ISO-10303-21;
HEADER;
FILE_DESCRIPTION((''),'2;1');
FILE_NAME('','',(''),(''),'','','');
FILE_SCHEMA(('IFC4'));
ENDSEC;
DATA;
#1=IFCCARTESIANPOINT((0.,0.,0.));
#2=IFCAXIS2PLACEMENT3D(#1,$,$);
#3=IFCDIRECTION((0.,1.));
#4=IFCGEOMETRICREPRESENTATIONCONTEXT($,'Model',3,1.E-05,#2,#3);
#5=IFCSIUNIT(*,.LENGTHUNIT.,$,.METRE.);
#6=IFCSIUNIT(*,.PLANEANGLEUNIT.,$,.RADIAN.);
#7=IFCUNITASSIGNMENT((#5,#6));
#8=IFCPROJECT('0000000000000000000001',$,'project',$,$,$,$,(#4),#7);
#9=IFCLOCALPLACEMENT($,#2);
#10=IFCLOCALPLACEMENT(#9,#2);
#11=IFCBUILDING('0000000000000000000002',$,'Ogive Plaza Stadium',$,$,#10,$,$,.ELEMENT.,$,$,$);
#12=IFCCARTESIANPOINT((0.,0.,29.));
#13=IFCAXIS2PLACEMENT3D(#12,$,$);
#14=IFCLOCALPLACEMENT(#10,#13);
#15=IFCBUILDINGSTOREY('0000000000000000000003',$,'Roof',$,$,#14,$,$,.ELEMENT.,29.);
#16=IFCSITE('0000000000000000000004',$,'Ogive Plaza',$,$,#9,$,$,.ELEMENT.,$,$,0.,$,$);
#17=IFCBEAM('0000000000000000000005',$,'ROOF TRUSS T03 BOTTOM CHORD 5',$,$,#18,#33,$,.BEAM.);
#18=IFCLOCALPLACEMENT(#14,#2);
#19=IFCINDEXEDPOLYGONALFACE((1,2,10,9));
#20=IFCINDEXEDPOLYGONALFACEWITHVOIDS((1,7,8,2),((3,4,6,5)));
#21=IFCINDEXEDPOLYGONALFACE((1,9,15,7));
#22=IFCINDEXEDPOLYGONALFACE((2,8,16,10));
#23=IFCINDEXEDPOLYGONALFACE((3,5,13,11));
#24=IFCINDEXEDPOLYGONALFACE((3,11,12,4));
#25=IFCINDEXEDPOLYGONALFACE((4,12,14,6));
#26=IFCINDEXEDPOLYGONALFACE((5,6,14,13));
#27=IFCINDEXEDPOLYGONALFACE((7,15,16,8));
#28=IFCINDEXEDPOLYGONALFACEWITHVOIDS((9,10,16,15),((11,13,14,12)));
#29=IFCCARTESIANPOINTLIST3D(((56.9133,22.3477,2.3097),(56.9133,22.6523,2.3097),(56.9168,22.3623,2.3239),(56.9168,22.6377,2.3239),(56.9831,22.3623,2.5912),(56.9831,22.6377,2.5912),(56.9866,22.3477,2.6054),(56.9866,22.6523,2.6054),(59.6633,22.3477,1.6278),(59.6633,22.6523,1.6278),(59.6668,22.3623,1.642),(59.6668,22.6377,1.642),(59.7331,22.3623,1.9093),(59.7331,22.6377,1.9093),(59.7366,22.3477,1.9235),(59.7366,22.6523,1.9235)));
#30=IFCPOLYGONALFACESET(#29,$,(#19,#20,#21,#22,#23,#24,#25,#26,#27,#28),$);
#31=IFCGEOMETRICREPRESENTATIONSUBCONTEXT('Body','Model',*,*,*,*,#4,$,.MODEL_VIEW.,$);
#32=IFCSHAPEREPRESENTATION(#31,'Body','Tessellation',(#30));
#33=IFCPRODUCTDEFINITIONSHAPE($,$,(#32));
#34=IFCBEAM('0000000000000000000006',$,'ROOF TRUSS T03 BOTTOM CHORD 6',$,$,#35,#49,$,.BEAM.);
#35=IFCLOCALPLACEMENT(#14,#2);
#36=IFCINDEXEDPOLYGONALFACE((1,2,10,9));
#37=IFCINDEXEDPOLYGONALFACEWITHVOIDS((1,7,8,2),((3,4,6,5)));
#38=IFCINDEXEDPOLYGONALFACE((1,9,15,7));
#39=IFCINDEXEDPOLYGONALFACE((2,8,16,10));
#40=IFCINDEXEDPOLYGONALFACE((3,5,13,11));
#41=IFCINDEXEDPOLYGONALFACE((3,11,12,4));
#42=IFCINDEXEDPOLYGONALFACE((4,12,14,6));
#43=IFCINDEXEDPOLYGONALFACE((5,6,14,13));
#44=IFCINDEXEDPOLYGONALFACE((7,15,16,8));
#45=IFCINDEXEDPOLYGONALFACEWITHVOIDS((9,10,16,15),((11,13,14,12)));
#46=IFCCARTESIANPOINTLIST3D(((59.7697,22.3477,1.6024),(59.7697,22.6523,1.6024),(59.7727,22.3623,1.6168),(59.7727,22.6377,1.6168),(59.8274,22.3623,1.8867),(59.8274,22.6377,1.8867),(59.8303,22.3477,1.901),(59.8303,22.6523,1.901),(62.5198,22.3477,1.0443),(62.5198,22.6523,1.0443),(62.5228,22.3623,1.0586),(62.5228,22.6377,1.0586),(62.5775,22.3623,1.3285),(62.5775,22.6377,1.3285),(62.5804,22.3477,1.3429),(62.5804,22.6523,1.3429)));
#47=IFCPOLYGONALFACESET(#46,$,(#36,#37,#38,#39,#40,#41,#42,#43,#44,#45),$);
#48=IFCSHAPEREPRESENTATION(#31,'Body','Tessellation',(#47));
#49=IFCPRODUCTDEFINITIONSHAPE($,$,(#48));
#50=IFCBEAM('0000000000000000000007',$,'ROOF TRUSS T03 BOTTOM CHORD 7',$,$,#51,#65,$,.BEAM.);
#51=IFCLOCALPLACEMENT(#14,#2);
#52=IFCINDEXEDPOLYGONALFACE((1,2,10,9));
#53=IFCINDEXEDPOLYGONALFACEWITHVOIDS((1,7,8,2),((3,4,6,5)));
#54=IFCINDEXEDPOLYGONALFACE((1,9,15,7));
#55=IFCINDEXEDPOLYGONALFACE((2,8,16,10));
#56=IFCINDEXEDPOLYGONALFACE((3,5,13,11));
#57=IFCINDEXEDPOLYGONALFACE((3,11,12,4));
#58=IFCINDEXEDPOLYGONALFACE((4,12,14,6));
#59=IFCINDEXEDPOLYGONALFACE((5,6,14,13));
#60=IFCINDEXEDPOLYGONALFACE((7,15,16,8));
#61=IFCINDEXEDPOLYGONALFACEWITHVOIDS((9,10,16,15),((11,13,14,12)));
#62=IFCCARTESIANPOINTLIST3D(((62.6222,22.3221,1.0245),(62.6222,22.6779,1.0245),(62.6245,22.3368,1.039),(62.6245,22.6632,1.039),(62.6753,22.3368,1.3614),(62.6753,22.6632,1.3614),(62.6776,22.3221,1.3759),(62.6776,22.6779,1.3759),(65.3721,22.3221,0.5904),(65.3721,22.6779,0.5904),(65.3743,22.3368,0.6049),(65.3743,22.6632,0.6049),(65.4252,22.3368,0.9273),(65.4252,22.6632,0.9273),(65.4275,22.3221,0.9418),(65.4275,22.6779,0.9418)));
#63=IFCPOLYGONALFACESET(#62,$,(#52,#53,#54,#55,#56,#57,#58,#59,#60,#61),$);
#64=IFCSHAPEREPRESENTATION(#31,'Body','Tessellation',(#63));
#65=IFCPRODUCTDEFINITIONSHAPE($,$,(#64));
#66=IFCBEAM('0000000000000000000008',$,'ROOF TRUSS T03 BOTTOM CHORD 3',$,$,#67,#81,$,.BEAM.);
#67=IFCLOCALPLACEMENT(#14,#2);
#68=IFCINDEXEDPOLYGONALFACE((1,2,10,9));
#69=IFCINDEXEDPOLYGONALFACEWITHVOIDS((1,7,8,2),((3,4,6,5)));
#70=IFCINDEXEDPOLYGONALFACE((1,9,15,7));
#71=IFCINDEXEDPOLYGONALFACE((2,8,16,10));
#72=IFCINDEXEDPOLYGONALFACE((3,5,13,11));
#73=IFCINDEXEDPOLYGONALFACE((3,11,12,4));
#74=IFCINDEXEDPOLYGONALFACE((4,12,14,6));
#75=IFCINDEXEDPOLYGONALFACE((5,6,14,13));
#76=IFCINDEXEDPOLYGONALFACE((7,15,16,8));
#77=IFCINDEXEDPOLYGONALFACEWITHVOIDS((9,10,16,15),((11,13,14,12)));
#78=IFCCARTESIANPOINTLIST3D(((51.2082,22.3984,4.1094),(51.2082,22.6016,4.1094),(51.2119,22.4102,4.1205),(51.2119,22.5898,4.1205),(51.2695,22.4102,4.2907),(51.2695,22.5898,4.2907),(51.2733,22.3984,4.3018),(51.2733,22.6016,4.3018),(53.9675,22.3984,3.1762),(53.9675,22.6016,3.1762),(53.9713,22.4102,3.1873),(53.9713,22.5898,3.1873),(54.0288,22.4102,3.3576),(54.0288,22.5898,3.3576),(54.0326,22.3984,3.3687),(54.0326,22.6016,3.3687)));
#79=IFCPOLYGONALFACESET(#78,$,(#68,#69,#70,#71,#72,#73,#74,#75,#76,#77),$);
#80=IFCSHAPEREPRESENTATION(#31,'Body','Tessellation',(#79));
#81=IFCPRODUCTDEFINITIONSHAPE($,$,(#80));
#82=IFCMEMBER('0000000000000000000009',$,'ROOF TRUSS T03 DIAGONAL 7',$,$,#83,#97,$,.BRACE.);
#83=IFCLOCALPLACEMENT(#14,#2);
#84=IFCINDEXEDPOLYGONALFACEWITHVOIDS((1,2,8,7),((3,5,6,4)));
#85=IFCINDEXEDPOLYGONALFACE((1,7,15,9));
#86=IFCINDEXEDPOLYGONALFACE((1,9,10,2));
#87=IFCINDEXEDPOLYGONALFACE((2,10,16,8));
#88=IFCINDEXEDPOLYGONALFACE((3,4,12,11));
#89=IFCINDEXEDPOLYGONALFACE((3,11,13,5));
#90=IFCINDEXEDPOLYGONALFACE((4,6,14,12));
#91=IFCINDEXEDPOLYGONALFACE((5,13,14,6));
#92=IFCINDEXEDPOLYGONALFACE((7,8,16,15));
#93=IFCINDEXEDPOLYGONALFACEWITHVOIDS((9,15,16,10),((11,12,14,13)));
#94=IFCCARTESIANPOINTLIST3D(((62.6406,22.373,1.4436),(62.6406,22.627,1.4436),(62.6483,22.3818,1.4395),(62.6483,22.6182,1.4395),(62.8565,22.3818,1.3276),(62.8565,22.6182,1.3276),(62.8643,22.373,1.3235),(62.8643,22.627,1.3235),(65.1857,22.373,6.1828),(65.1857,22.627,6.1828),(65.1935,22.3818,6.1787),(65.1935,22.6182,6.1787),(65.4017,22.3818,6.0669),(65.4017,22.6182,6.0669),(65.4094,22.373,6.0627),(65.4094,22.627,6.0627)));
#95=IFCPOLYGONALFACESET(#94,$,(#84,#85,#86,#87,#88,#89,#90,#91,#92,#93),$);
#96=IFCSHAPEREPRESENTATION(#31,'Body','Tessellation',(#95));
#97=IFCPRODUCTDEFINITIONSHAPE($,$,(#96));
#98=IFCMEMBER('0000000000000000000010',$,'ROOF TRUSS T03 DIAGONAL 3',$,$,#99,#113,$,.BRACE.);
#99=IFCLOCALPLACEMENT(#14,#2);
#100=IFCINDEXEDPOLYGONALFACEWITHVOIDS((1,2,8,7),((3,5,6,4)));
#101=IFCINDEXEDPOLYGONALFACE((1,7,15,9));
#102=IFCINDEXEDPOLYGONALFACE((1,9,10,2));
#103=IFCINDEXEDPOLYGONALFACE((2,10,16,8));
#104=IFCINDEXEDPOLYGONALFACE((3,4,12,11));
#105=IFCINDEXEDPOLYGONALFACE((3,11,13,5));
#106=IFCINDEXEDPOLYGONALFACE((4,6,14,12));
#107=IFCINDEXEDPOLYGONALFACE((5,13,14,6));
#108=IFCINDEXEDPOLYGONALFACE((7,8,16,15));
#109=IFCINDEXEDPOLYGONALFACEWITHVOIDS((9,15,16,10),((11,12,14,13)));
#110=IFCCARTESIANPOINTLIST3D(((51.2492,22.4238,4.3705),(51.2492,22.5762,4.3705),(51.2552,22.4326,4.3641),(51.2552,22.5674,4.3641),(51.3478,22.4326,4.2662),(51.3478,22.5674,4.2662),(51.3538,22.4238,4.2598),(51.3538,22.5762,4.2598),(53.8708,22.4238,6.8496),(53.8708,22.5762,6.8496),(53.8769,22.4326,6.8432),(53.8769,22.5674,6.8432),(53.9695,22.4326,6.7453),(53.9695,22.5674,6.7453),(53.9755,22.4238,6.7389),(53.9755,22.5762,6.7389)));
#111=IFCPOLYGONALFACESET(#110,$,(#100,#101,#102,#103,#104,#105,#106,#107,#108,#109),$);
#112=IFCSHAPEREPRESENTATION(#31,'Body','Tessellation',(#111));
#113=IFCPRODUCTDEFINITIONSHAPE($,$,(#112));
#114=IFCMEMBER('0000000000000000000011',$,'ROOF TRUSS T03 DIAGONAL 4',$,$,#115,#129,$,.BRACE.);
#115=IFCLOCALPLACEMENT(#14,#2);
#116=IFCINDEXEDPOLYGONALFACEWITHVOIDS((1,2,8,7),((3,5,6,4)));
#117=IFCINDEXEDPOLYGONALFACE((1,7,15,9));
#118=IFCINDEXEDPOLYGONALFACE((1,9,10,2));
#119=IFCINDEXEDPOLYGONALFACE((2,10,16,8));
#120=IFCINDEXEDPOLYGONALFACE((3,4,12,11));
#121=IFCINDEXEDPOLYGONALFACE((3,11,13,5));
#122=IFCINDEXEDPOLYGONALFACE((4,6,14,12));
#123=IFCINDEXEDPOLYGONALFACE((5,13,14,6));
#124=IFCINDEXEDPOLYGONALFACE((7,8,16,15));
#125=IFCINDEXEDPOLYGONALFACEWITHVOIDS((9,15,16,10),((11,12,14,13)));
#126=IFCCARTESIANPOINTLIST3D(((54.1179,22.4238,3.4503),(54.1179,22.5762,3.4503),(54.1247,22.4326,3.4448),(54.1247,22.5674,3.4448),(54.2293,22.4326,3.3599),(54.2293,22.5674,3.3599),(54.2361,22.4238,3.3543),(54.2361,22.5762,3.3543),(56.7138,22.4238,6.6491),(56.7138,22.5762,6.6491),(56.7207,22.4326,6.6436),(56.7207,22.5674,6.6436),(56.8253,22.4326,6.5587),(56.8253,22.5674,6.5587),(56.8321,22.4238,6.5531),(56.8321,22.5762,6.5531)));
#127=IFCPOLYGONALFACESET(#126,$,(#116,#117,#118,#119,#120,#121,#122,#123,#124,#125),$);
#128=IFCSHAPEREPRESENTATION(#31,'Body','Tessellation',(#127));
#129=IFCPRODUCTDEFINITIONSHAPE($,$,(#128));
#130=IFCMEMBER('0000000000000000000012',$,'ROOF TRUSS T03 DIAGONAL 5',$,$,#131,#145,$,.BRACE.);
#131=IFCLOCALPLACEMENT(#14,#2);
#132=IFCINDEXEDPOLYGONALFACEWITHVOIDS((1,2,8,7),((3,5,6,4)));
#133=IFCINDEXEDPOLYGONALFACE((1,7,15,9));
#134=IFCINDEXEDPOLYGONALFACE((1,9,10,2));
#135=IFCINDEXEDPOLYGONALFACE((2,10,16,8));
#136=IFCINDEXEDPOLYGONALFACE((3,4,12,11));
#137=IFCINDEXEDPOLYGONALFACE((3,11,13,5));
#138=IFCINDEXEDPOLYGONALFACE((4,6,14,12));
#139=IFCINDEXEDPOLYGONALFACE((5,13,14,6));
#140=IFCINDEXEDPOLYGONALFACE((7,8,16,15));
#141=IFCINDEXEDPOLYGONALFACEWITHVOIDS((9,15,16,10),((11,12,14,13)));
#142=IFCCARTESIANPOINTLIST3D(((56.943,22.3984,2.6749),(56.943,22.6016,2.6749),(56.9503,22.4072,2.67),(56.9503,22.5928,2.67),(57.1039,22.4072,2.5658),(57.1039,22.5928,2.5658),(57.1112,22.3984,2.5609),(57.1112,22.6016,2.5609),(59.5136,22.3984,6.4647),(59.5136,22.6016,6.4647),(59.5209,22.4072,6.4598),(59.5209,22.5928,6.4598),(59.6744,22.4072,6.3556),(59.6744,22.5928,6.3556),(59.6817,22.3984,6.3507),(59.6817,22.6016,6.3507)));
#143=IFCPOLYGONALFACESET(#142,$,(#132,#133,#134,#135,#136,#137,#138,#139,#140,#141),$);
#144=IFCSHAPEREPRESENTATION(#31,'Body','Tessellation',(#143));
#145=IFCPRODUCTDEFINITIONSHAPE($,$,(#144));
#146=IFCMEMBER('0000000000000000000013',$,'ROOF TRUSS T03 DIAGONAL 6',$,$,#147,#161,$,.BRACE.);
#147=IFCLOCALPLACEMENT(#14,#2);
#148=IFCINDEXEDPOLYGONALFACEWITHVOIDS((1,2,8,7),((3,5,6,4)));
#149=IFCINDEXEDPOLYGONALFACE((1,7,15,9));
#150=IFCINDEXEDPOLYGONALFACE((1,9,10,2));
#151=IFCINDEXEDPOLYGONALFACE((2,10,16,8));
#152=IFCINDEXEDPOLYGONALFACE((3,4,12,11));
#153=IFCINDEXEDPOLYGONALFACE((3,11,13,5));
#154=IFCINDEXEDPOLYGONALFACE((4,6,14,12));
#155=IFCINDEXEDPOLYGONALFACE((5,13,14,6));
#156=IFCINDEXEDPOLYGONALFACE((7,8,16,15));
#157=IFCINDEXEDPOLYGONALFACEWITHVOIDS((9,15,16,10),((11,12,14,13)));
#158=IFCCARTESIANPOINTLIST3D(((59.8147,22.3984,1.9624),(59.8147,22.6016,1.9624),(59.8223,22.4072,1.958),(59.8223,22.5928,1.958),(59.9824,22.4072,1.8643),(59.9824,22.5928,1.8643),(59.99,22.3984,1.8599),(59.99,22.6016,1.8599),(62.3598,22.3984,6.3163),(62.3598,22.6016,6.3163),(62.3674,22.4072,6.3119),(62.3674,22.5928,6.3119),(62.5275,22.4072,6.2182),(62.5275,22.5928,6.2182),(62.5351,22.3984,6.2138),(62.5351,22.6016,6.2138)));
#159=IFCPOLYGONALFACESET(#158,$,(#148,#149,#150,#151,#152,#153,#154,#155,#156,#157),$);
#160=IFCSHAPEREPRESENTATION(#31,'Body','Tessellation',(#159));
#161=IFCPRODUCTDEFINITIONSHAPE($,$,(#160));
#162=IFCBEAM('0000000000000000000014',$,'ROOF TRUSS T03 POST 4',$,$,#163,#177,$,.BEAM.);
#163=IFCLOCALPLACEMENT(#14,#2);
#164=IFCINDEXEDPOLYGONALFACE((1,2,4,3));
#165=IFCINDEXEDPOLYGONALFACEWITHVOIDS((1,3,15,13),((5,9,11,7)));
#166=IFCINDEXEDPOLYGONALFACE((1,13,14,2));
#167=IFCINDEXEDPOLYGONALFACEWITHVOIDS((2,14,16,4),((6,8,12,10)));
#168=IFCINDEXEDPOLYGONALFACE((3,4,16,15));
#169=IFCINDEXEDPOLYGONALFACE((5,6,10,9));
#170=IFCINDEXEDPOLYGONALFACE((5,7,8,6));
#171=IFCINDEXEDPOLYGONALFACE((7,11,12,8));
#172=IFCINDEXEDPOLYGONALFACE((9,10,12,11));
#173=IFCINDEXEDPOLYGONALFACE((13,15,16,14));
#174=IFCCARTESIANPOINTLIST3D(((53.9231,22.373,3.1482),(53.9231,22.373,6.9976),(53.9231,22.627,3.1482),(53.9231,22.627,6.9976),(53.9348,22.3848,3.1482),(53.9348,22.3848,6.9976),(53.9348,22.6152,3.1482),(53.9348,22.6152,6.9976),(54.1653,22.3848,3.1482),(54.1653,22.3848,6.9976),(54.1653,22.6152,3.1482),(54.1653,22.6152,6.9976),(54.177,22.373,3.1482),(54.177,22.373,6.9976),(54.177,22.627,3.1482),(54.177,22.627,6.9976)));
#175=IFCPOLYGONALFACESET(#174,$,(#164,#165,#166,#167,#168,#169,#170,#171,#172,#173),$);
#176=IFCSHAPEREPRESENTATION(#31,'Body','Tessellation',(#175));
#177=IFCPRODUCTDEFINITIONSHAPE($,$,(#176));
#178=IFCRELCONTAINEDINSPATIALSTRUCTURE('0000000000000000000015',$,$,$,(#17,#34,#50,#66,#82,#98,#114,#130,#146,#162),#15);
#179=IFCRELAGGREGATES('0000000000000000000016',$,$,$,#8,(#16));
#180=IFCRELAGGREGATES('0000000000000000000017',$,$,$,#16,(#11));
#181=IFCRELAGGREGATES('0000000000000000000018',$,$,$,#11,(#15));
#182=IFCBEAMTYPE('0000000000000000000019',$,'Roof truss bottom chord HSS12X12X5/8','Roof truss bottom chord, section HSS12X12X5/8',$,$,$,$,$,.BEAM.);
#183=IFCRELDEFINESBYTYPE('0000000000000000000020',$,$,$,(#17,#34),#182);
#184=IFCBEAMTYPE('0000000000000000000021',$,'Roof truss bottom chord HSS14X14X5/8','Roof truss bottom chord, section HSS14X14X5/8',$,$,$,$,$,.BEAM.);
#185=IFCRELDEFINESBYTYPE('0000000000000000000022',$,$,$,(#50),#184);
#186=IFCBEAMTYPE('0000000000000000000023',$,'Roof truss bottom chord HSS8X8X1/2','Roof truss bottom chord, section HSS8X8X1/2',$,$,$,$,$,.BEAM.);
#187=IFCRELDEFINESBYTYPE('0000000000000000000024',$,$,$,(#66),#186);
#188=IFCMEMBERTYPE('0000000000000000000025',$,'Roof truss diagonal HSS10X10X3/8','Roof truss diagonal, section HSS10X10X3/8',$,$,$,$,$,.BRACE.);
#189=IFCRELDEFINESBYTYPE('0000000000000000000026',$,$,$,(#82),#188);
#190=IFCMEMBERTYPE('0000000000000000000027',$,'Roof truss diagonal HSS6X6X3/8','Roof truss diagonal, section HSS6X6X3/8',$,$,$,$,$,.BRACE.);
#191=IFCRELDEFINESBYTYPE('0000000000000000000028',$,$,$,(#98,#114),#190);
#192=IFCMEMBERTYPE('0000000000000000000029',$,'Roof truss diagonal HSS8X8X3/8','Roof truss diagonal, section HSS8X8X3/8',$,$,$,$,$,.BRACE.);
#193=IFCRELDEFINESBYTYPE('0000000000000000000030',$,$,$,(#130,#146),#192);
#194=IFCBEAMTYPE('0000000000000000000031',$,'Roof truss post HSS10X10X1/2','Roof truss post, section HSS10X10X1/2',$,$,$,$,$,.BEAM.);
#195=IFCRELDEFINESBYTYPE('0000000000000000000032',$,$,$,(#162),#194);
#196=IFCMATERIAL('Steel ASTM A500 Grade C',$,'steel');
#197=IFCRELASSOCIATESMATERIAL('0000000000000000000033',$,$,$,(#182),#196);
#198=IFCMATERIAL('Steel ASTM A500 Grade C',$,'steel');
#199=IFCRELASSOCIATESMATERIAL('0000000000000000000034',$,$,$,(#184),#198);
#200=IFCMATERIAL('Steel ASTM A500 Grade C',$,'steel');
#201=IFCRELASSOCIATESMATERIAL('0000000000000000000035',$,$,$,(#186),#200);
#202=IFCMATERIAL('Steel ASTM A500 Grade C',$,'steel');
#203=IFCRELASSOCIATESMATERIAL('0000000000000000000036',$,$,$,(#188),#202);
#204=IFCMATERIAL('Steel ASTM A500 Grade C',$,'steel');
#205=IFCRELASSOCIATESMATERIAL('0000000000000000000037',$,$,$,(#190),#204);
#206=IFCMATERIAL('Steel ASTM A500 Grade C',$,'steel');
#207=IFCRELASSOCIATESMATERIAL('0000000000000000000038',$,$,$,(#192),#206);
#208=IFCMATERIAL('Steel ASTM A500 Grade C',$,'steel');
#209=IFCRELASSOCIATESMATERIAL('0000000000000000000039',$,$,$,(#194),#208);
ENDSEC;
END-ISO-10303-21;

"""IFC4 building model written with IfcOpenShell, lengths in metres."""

from ifc_helpers import new_model, si_unit, direction, frame, origin, origin_2d, place, context, subcontext, project, spatial, hollow_rectangle, extrude, material, material_profile, profile_set, type_object, element, save


model = new_model("IFC4")

# Units and contexts
model_context = context("Model", 3, precision=1e-05, world=origin(), true_north=direction((0.0, 1.0)))
body_context = subcontext(model_context, "Body", "Model", "MODEL_VIEW")
ifc_project = project(units=[si_unit("LENGTHUNIT", "METRE"), si_unit("PLANEANGLEUNIT", "RADIAN")], contexts=[model_context])

# Site, building, storey
site_placement = place(None, origin())
site = spatial("IfcSite", under=ifc_project, at=site_placement, Name="Ogive Plaza", CompositionType="ELEMENT", RefElevation=0.0)
building_placement = place(site_placement, origin())
building = spatial("IfcBuilding", under=site, at=building_placement, Name="Ogive Plaza Stadium", CompositionType="ELEMENT")
storey_placement = place(building_placement, frame((0.0, 0.0, 29.0)))
storey = spatial("IfcBuildingStorey", under=building, at=storey_placement, Name="Roof", CompositionType="ELEMENT", Elevation=29.0)

# Beams
ifc_material_1 = material(Name="Steel ASTM A500 Grade C", Category="steel")
ifc_material_profile_1 = material_profile(ifc_material_1, hollow_rectangle(XDim=0.3047, YDim=0.3047, WallThickness=0.0146, at=origin_2d()), Name="HSS12X12X5/8")
ifc_profile_set_1 = profile_set([ifc_material_profile_1], Name="Steel ASTM A500 Grade C")
beam_type_1 = type_object("IfcBeamType", Name="Roof truss bottom chord HSS12X12X5/8", Description="Roof truss bottom chord, section HSS12X12X5/8", PredefinedType="BEAM", material=ifc_profile_set_1)
beam_1_placement = place(storey_placement, frame((56.95, 22.5, 2.4575), z_axis=(0.970607, 0.0, -0.24067), x_axis=(0.0, 1.0, 0.0)))
element("IfcBeam", 1, at=beam_1_placement, inside=storey, type_object=beam_type_1, Name="ROOF TRUSS T03 BOTTOM CHORD 5", PredefinedType="BEAM", context=body_context, shape_type="SweptSolid", body=[
    extrude(hollow_rectangle(XDim=0.3047, YDim=0.3047, WallThickness=0.0146, at=origin_2d()), origin(), (0.0, 0.0, 1.0), 2.8333),
])
beam_2_placement = place(storey_placement, frame((59.8, 22.5, 1.7517), z_axis=(0.980021, 0.0, -0.198893), x_axis=(0.0, 1.0, 0.0)))
element("IfcBeam", 2, at=beam_2_placement, inside=storey, type_object=beam_type_1, Name="ROOF TRUSS T03 BOTTOM CHORD 6", PredefinedType="BEAM", context=body_context, shape_type="SweptSolid", body=[
    extrude(hollow_rectangle(XDim=0.3047, YDim=0.3047, WallThickness=0.0146, at=origin_2d()), origin(), (0.0, 0.0, 1.0), 2.8062),
])
ifc_material_2 = material(Name="Steel ASTM A500 Grade C", Category="steel")
ifc_material_profile_2 = material_profile(ifc_material_2, hollow_rectangle(XDim=0.3557, YDim=0.3557, WallThickness=0.0146, at=origin_2d()), Name="HSS14X14X5/8")
ifc_profile_set_2 = profile_set([ifc_material_profile_2], Name="Steel ASTM A500 Grade C")
beam_type_2 = type_object("IfcBeamType", Name="Roof truss bottom chord HSS14X14X5/8", Description="Roof truss bottom chord, section HSS14X14X5/8", PredefinedType="BEAM", material=ifc_profile_set_2)
beam_3_placement = place(storey_placement, frame((62.6499, 22.5, 1.2002), z_axis=(0.98777, 0.0, -0.155918), x_axis=(0.0, 1.0, 0.0)))
element("IfcBeam", 3, at=beam_3_placement, inside=storey, type_object=beam_type_2, Name="ROOF TRUSS T03 BOTTOM CHORD 7", PredefinedType="BEAM", context=body_context, shape_type="SweptSolid", body=[
    extrude(hollow_rectangle(XDim=0.3557, YDim=0.3557, WallThickness=0.0146, at=origin_2d()), origin(), (0.0, 0.0, 1.0), 2.7839),
])
ifc_material_3 = material(Name="Steel ASTM A500 Grade C", Category="steel")
ifc_material_profile_3 = material_profile(ifc_material_3, hollow_rectangle(XDim=0.2031, YDim=0.2031, WallThickness=0.0117, at=origin_2d()), Name="HSS8X8X1/2")
ifc_profile_set_3 = profile_set([ifc_material_profile_3], Name="Steel ASTM A500 Grade C")
beam_type_3 = type_object("IfcBeamType", Name="Roof truss bottom chord HSS8X8X1/2", Description="Roof truss bottom chord, section HSS8X8X1/2", PredefinedType="BEAM", material=ifc_profile_set_3)
beam_4_placement = place(storey_placement, frame((51.2407, 22.5, 4.2056), z_axis=(0.9473, 0.0, -0.320349), x_axis=(0.0, 1.0, 0.0)))
element("IfcBeam", 4, at=beam_4_placement, inside=storey, type_object=beam_type_3, Name="ROOF TRUSS T03 BOTTOM CHORD 3", PredefinedType="BEAM", context=body_context, shape_type="SweptSolid", body=[
    extrude(hollow_rectangle(XDim=0.2031, YDim=0.2031, WallThickness=0.0117, at=origin_2d()), origin(), (0.0, 0.0, 1.0), 2.9128),
])

# Members
ifc_material_4 = material(Name="Steel ASTM A500 Grade C", Category="steel")
ifc_material_profile_4 = material_profile(ifc_material_4, hollow_rectangle(XDim=0.2539, YDim=0.2539, WallThickness=0.0088, at=origin_2d()), Name="HSS10X10X3/8")
ifc_profile_set_4 = profile_set([ifc_material_profile_4], Name="Steel ASTM A500 Grade C")
member_type_1 = type_object("IfcMemberType", Name="Roof truss diagonal HSS10X10X3/8", Description="Roof truss diagonal, section HSS10X10X3/8", PredefinedType="BRACE", material=ifc_profile_set_4)
member_1_placement = place(storey_placement, frame((62.7524, 22.5, 1.3835), z_axis=(0.473128, 0.0, 0.880994), x_axis=(0.0, 1.0, 0.0)))
element("IfcMember", 5, at=member_1_placement, inside=storey, type_object=member_type_1, Name="ROOF TRUSS T03 DIAGONAL 7", PredefinedType="BRACE", context=body_context, shape_type="SweptSolid", body=[
    extrude(hollow_rectangle(XDim=0.2539, YDim=0.2539, WallThickness=0.0088, at=origin_2d()), origin(), (0.0, 0.0, 1.0), 5.3794),
])
ifc_material_5 = material(Name="Steel ASTM A500 Grade C", Category="steel")
ifc_material_profile_5 = material_profile(ifc_material_5, hollow_rectangle(XDim=0.1523, YDim=0.1523, WallThickness=0.0088, at=origin_2d()), Name="HSS6X6X3/8")
ifc_profile_set_5 = profile_set([ifc_material_profile_5], Name="Steel ASTM A500 Grade C")
member_type_2 = type_object("IfcMemberType", Name="Roof truss diagonal HSS6X6X3/8", Description="Roof truss diagonal, section HSS6X6X3/8", PredefinedType="BRACE", material=ifc_profile_set_5)
member_2_placement = place(storey_placement, frame((51.3015, 22.5, 4.3152), z_axis=(0.726589, 0.0, 0.687072), x_axis=(0.0, 1.0, 0.0)))
element("IfcMember", 6, at=member_2_placement, inside=storey, type_object=member_type_2, Name="ROOF TRUSS T03 DIAGONAL 3", PredefinedType="BRACE", context=body_context, shape_type="SweptSolid", body=[
    extrude(hollow_rectangle(XDim=0.1523, YDim=0.1523, WallThickness=0.0088, at=origin_2d()), origin(), (0.0, 0.0, 1.0), 3.6082),
])
member_3_placement = place(storey_placement, frame((54.177, 22.5, 3.4023), z_axis=(0.630151, 0.0, 0.776473), x_axis=(0.0, 1.0, 0.0)))
element("IfcMember", 7, at=member_3_placement, inside=storey, type_object=member_type_2, Name="ROOF TRUSS T03 DIAGONAL 4", PredefinedType="BRACE", context=body_context, shape_type="SweptSolid", body=[
    extrude(hollow_rectangle(XDim=0.1523, YDim=0.1523, WallThickness=0.0088, at=origin_2d()), origin(), (0.0, 0.0, 1.0), 4.1196),
])
ifc_material_6 = material(Name="Steel ASTM A500 Grade C", Category="steel")
ifc_material_profile_6 = material_profile(ifc_material_6, hollow_rectangle(XDim=0.2031, YDim=0.2031, WallThickness=0.0088, at=origin_2d()), Name="HSS8X8X3/8")
ifc_profile_set_6 = profile_set([ifc_material_profile_6], Name="Steel ASTM A500 Grade C")
member_type_3 = type_object("IfcMemberType", Name="Roof truss diagonal HSS8X8X3/8", Description="Roof truss diagonal, section HSS8X8X3/8", PredefinedType="BRACE", material=ifc_profile_set_6)
member_4_placement = place(storey_placement, frame((57.0271, 22.5, 2.6179), z_axis=(0.561338, 0.0, 0.827586), x_axis=(0.0, 1.0, 0.0)))
element("IfcMember", 8, at=member_4_placement, inside=storey, type_object=member_type_3, Name="ROOF TRUSS T03 DIAGONAL 5", PredefinedType="BRACE", context=body_context, shape_type="SweptSolid", body=[
    extrude(hollow_rectangle(XDim=0.2031, YDim=0.2031, WallThickness=0.0088, at=origin_2d()), origin(), (0.0, 0.0, 1.0), 4.5793),
])
member_5_placement = place(storey_placement, frame((59.9023, 22.5, 1.9111), z_axis=(0.504659, 0.0, 0.863319), x_axis=(0.0, 1.0, 0.0)))
element("IfcMember", 9, at=member_5_placement, inside=storey, type_object=member_type_3, Name="ROOF TRUSS T03 DIAGONAL 6", PredefinedType="BRACE", context=body_context, shape_type="SweptSolid", body=[
    extrude(hollow_rectangle(XDim=0.2031, YDim=0.2031, WallThickness=0.0088, at=origin_2d()), origin(), (0.0, 0.0, 1.0), 5.0432),
])

# Beam
ifc_material_7 = material(Name="Steel ASTM A500 Grade C", Category="steel")
ifc_material_profile_7 = material_profile(ifc_material_7, hollow_rectangle(XDim=0.2539, YDim=0.2539, WallThickness=0.0117, at=origin_2d()), Name="HSS10X10X1/2")
ifc_profile_set_7 = profile_set([ifc_material_profile_7], Name="Steel ASTM A500 Grade C")
beam_type_4 = type_object("IfcBeamType", Name="Roof truss post HSS10X10X1/2", Description="Roof truss post, section HSS10X10X1/2", PredefinedType="BEAM", material=ifc_profile_set_7)
beam_5_placement = place(storey_placement, frame((54.05, 22.5, 3.1482), z_axis=(0.0, 0.0, 1.0), x_axis=(0.0, 1.0, 0.0)))
element("IfcBeam", 10, at=beam_5_placement, inside=storey, type_object=beam_type_4, Name="ROOF TRUSS T03 POST 4", PredefinedType="BEAM", context=body_context, shape_type="SweptSolid", body=[
    extrude(hollow_rectangle(XDim=0.2539, YDim=0.2539, WallThickness=0.0117, at=origin_2d()), origin(), (0.0, 0.0, 1.0), 3.8494),
])

save(model, "model.ifc")
